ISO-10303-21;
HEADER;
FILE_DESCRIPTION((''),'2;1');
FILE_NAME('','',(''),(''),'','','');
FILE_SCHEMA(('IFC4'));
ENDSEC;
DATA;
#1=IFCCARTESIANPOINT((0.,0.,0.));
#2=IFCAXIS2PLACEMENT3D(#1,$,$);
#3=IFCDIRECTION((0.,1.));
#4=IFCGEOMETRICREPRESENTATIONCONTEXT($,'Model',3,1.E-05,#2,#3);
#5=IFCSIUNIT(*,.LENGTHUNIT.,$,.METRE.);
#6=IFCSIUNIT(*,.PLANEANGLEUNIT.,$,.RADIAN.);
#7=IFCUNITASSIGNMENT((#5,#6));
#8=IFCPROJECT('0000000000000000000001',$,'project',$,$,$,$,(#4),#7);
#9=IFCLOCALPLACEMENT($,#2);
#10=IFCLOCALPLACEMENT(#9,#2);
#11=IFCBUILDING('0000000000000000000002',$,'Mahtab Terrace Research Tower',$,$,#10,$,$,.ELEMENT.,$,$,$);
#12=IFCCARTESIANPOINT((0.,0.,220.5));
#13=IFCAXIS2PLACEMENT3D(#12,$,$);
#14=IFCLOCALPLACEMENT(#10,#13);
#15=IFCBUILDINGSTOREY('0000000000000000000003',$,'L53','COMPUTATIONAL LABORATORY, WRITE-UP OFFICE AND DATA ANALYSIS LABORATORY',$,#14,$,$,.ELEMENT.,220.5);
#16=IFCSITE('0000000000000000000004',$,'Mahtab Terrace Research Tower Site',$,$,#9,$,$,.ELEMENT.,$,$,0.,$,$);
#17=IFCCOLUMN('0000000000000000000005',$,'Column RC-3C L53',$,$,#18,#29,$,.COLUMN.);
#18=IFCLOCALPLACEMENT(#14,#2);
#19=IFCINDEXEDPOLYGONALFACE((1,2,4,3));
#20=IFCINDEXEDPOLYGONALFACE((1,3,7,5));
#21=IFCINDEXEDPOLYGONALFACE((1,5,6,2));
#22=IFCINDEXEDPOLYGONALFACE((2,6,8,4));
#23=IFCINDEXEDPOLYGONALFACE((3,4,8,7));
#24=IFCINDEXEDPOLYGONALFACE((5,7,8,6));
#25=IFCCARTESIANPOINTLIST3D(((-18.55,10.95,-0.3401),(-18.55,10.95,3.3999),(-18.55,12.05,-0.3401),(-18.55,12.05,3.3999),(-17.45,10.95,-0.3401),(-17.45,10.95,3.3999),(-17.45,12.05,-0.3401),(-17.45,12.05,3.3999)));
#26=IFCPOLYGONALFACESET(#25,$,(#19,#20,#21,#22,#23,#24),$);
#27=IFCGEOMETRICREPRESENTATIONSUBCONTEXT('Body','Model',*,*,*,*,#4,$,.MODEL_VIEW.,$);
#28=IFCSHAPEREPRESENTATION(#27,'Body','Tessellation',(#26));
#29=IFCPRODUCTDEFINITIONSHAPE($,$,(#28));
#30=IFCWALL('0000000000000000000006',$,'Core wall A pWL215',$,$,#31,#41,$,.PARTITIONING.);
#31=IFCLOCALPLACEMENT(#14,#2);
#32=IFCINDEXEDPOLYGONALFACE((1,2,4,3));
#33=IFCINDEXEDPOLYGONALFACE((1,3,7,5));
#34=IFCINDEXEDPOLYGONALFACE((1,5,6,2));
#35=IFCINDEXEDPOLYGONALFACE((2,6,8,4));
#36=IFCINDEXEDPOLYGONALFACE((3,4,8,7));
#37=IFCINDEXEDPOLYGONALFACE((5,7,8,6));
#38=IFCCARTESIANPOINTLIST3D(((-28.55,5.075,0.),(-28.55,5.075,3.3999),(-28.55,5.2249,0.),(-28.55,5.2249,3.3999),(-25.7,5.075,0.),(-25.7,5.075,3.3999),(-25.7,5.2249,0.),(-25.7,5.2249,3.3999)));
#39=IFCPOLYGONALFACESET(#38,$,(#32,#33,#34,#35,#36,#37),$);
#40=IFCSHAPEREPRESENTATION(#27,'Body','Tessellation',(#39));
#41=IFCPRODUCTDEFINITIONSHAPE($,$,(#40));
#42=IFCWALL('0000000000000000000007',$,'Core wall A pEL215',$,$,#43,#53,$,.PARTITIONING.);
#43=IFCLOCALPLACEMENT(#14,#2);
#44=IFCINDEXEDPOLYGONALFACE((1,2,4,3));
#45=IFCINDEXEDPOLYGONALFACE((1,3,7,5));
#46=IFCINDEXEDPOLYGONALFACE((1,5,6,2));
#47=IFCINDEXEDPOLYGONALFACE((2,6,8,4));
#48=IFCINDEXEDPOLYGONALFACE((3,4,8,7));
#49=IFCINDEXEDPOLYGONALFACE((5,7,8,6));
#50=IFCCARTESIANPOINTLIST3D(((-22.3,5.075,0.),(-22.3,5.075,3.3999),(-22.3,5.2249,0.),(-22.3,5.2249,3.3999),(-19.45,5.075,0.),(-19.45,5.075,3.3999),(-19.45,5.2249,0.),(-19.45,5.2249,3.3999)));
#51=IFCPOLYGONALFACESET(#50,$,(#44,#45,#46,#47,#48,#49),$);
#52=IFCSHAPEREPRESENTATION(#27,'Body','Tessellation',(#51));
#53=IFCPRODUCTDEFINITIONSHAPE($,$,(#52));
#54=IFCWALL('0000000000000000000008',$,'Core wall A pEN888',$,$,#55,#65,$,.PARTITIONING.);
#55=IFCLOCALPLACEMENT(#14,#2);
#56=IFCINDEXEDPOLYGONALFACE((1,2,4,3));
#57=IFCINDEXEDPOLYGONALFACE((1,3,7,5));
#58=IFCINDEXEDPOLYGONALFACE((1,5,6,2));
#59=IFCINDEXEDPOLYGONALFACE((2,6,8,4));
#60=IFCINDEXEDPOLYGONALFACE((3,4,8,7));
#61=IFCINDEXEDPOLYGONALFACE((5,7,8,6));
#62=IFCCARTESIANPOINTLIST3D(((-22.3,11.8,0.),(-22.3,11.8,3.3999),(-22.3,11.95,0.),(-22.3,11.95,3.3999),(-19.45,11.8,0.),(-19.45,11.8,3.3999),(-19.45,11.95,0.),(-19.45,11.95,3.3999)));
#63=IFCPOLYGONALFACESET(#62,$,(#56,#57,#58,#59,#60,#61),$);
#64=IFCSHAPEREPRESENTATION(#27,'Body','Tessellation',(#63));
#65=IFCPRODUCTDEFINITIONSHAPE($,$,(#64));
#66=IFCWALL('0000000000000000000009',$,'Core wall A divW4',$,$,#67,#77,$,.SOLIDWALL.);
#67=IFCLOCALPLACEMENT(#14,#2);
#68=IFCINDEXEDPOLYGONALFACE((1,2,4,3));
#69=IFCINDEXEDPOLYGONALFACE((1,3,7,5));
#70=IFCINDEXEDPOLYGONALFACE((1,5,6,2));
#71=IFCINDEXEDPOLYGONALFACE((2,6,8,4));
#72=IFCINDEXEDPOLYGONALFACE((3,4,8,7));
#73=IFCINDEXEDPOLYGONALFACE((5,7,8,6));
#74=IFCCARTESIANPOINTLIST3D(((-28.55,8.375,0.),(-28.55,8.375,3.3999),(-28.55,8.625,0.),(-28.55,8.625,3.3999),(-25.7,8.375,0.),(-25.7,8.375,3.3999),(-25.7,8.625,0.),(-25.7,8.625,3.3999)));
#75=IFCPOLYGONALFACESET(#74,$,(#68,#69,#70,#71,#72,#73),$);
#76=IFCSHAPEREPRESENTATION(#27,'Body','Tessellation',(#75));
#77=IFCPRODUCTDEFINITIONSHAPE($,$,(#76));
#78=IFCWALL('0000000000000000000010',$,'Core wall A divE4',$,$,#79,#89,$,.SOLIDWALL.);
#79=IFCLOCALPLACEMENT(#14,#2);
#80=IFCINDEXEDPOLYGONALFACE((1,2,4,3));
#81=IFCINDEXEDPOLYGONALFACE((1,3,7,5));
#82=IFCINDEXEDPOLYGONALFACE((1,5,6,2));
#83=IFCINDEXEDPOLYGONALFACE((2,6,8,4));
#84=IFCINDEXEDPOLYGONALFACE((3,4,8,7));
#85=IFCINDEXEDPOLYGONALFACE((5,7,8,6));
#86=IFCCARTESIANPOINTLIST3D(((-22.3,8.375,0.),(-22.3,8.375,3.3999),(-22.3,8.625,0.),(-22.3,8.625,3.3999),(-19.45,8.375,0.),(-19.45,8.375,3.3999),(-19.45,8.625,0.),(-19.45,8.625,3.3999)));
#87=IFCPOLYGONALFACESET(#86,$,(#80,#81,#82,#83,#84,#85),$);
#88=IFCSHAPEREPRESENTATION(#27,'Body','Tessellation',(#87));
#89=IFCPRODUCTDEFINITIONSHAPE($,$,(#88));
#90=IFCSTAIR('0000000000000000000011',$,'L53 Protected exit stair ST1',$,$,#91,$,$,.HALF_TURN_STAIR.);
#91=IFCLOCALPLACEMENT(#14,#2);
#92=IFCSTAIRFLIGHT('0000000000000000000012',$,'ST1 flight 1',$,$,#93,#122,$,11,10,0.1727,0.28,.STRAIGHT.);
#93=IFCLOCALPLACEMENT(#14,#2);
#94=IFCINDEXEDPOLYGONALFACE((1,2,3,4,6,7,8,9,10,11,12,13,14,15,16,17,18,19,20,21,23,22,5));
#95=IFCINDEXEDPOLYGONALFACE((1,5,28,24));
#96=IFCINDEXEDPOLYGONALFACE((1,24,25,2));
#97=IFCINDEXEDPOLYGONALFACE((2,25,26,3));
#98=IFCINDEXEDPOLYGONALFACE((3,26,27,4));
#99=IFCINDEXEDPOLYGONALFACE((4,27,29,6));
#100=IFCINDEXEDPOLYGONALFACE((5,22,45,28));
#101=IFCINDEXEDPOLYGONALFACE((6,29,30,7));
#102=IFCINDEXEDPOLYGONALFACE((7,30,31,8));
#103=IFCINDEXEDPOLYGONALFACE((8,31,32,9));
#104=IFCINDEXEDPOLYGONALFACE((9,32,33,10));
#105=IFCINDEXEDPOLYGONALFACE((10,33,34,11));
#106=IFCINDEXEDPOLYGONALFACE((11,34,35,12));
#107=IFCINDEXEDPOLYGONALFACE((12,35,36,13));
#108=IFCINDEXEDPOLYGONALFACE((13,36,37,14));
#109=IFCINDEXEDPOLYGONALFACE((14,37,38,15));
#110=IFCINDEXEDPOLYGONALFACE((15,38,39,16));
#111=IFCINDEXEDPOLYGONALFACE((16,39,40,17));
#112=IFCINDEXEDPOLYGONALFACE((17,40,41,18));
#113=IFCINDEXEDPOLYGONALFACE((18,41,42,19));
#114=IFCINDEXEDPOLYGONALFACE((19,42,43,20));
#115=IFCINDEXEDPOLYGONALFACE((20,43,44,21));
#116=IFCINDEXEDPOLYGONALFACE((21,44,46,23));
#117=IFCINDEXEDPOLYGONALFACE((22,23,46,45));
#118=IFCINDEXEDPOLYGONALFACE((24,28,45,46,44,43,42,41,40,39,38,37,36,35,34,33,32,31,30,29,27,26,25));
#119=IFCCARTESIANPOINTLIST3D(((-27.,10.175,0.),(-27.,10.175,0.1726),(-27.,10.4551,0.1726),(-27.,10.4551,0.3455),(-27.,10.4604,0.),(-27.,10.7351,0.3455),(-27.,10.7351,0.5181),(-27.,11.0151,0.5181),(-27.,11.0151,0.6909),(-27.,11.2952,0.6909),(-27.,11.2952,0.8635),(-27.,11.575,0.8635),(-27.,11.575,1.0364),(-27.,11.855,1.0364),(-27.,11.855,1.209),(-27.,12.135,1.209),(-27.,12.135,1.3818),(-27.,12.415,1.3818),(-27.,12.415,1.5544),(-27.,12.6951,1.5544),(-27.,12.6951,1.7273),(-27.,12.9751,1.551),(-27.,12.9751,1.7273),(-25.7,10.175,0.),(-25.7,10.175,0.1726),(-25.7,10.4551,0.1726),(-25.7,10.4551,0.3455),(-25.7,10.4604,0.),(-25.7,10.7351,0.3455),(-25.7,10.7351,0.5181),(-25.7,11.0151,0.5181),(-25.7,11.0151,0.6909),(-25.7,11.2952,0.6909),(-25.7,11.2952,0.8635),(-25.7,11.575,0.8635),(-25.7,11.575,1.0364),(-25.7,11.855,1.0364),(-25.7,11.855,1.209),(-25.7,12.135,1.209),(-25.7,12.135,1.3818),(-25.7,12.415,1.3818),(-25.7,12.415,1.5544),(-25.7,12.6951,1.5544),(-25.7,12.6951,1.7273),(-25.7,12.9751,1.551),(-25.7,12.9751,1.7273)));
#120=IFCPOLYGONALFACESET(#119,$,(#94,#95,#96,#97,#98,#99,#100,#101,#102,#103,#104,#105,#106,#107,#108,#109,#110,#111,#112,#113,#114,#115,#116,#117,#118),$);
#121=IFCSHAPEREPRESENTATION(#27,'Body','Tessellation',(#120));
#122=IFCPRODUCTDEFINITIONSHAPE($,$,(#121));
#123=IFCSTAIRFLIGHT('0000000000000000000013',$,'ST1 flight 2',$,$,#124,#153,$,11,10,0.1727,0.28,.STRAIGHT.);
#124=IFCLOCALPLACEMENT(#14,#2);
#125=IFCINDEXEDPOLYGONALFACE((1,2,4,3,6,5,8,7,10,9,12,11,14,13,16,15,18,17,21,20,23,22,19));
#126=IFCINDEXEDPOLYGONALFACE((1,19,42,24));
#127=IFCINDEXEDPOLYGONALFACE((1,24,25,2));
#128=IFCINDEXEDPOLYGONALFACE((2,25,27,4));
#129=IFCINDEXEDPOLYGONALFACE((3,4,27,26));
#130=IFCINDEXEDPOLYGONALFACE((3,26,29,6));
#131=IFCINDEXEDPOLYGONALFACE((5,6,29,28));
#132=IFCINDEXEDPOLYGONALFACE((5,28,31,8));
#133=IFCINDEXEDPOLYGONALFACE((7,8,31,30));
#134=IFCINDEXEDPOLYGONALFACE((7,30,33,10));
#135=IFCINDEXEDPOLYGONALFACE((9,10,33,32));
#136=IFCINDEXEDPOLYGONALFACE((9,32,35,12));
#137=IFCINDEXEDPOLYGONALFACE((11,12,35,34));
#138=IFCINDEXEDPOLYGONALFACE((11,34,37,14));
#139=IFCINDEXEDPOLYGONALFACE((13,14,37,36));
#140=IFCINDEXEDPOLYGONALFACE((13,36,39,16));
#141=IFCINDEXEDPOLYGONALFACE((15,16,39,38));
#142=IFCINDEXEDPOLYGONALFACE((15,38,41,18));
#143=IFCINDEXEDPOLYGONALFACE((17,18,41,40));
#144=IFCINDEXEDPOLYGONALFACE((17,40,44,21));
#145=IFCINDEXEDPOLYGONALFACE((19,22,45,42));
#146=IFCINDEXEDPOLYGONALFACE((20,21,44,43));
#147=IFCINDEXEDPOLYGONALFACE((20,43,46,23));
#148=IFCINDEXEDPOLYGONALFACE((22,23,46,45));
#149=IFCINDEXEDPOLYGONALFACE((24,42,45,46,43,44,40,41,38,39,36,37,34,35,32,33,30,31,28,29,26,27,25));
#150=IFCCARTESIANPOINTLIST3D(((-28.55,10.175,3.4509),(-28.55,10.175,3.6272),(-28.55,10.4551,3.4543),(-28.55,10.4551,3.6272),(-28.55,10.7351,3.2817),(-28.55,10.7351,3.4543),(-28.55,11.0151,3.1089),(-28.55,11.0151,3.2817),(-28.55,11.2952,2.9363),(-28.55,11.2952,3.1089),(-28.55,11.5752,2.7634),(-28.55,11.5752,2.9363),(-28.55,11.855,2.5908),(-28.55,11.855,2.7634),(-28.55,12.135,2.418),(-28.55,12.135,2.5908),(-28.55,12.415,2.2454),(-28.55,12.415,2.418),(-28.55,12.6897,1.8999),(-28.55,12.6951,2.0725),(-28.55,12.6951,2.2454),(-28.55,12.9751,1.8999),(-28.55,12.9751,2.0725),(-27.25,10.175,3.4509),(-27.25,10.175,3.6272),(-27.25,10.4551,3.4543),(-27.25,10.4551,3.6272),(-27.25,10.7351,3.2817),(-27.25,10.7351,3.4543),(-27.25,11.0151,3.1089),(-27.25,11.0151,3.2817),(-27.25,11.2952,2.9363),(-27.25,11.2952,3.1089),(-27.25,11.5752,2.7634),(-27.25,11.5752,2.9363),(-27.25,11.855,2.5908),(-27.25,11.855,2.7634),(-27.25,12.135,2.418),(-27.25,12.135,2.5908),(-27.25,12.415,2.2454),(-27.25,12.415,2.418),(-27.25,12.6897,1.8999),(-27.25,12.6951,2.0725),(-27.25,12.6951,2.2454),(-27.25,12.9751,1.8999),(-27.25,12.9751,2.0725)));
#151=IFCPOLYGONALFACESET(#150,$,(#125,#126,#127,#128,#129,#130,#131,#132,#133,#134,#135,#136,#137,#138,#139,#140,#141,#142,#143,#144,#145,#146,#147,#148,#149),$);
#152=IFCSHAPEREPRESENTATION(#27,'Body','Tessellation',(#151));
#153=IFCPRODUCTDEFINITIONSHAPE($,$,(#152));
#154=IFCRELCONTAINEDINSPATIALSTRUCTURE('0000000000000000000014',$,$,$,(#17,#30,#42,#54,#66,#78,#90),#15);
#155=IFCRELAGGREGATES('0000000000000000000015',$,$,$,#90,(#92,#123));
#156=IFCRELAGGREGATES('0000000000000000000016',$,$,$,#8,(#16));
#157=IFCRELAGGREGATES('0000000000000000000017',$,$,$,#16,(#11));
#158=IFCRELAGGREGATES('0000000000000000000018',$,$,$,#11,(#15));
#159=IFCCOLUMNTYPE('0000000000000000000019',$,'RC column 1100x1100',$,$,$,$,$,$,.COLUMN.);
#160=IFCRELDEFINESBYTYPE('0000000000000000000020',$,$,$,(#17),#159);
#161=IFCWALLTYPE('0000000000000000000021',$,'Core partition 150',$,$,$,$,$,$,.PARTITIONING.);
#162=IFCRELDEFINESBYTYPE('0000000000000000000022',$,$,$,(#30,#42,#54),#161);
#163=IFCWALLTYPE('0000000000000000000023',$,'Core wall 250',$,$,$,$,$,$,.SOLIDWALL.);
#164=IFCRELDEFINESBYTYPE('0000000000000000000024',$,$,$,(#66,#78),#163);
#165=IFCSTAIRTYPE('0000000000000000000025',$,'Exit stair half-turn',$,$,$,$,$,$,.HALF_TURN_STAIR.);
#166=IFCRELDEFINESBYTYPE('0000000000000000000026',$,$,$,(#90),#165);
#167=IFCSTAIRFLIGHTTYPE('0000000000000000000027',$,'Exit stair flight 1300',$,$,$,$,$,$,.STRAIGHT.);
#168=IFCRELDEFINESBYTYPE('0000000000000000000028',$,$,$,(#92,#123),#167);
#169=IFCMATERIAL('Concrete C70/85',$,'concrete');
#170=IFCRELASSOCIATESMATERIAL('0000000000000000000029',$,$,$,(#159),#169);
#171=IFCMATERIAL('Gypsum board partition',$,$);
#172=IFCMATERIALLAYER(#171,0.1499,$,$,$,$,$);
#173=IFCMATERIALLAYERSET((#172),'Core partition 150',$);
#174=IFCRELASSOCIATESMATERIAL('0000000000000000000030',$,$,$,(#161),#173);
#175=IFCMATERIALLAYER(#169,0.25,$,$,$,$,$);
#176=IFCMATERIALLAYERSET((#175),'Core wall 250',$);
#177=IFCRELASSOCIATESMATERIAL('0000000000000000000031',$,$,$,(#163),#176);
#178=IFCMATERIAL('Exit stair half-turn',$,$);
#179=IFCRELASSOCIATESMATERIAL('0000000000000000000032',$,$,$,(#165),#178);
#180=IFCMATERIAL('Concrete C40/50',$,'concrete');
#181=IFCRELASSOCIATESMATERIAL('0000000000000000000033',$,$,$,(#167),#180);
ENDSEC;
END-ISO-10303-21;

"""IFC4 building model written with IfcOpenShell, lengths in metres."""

from ifc_helpers import new_model, si_unit, direction, frame, frame_2d, origin, origin_2d, place, context, subcontext, project, spatial, polyline, rectangle, outline, extrude, material, layer, layer_set, material_profile, profile_set, type_object, element, aggregate, save


model = new_model("IFC4")

# Units and contexts
model_context = context("Model", 3, precision=1e-05, world=origin(), true_north=direction((0.0, 1.0)))
body_context = subcontext(model_context, "Body", "Model", "MODEL_VIEW")
ifc_project = project(units=[si_unit("LENGTHUNIT", "METRE"), si_unit("PLANEANGLEUNIT", "RADIAN")], contexts=[model_context])

# Site, building, storey
site_placement = place(None, origin())
site = spatial("IfcSite", under=ifc_project, at=site_placement, Name="Mahtab Terrace Research Tower Site", CompositionType="ELEMENT", RefElevation=0.0)
building_placement = place(site_placement, origin())
building = spatial("IfcBuilding", under=site, at=building_placement, Name="Mahtab Terrace Research Tower", CompositionType="ELEMENT")
storey_placement = place(building_placement, frame((0.0, 0.0, 220.5)))
storey = spatial("IfcBuildingStorey", under=building, at=storey_placement, Name="L53", Description="COMPUTATIONAL LABORATORY, WRITE-UP OFFICE AND DATA ANALYSIS LABORATORY", CompositionType="ELEMENT", Elevation=220.5)

# Column
ifc_material_1 = material(Name="Concrete C70/85", Category="concrete")
ifc_material_profile = material_profile(ifc_material_1, rectangle(XDim=1.1001, YDim=1.1001, at=origin_2d()), Name="RC column 1100x1100")
ifc_profile_set = profile_set([ifc_material_profile], Name="Concrete C70/85")
column_type = type_object("IfcColumnType", Name="RC column 1100x1100", PredefinedType="COLUMN", material=ifc_profile_set)
column_placement = place(storey_placement, frame((-18.0, 11.5, -0.3401), z_axis=(0.0, 0.0, 1.0), x_axis=(1.0, 0.0, 0.0)))
element("IfcColumn", 1, at=column_placement, inside=storey, type_object=column_type, Name="Column RC-3C L53", PredefinedType="COLUMN", context=body_context, shape_type="SweptSolid", body=[
    extrude(rectangle(XDim=1.1001, YDim=1.1001, at=origin_2d()), origin(), (0.0, 0.0, 1.0), 3.74),
])

# Walls
ifc_material_2 = material(Name="Gypsum board partition")
ifc_layer_1 = layer(ifc_material_2, 0.1499)
ifc_layer_set_1 = layer_set([ifc_layer_1], Name="Core partition 150")
wall_type_1 = type_object("IfcWallType", Name="Core partition 150", PredefinedType="PARTITIONING", material=ifc_layer_set_1)
for number, where, z_axis, x_axis, name in (
    (2, (-28.55, 5.1499, 0.0), (0.0, 0.0, 1.0), (1.0, 0.0, 0.0), "Core wall A pWL215"),
    (3, (-22.3, 5.1499, 0.0), (0.0, 0.0, 1.0), (1.0, 0.0, 0.0), "Core wall A pEL215"),
    (4, (-22.3, 11.875, 0.0), (0.0, 0.0, 1.0), (1.0, 0.0, 0.0), "Core wall A pEN888"),
):
    element("IfcWall", number, at=place(storey_placement, frame(where, z_axis=z_axis, x_axis=x_axis)), inside=storey, type_object=wall_type_1, Name=name, PredefinedType="PARTITIONING", context=body_context, shape_type="SweptSolid", body=[
        extrude(rectangle(XDim=2.8501, YDim=0.1499, at=frame_2d((1.425, 0.0))), origin(), (0.0, 0.0, 1.0), 3.3999),
    ])
ifc_layer_2 = layer(ifc_material_1, 0.25)
ifc_layer_set_2 = layer_set([ifc_layer_2], Name="Core wall 250")
wall_type_2 = type_object("IfcWallType", Name="Core wall 250", PredefinedType="SOLIDWALL", material=ifc_layer_set_2)
for number, where, z_axis, x_axis, name in (
    (5, (-28.55, 8.5, 0.0), (0.0, 0.0, 1.0), (1.0, 0.0, 0.0), "Core wall A divW4"),
    (6, (-22.3, 8.5, 0.0), (0.0, 0.0, 1.0), (1.0, 0.0, 0.0), "Core wall A divE4"),
):
    element("IfcWall", number, at=place(storey_placement, frame(where, z_axis=z_axis, x_axis=x_axis)), inside=storey, type_object=wall_type_2, Name=name, PredefinedType="SOLIDWALL", context=body_context, shape_type="SweptSolid", body=[
        extrude(rectangle(XDim=2.8501, YDim=0.25, at=frame_2d((1.425, 0.0))), origin(), (0.0, 0.0, 1.0), 3.3999),
    ])

# Stair, stair flights
ifc_material_3 = material(Name="Exit stair half-turn")
stair_type = type_object("IfcStairType", Name="Exit stair half-turn", PredefinedType="HALF_TURN_STAIR", material=ifc_material_3)
stair_placement = place(storey_placement, origin())
stair = element("IfcStair", 7, at=stair_placement, inside=storey, type_object=stair_type, Name="L53 Protected exit stair ST1", PredefinedType="HALF_TURN_STAIR")
ifc_material_4 = material(Name="Concrete C40/50", Category="concrete")
stair_flight_type = type_object("IfcStairFlightType", Name="Exit stair flight 1300", PredefinedType="STRAIGHT", material=ifc_material_4)
stair_flight_1_placement = place(storey_placement, frame((-26.3501, 10.175, 0.0), z_axis=(0.0, 0.0, 1.0), x_axis=(0.0, 1.0, 0.0)))
stair_flight_1 = element("IfcStairFlight", 8, at=stair_flight_1_placement, type_object=stair_flight_type, Name="ST1 flight 1", NumberOfRisers=11, NumberOfTreads=10, PredefinedType="STRAIGHT", RiserHeight=0.1727, TreadLength=0.28, context=body_context, shape_type="SweptSolid", body=[
    extrude(outline(polyline([(0.0, 0.0), (0.0, 0.1726), (0.28, 0.1726), (0.28, 0.3455), (0.5601, 0.3455), (0.5601, 0.5181), (0.8401, 0.5181), (0.8401, 0.6909), (1.1201, 0.6909), (1.1201, 0.8635), (1.3999, 0.8635), (1.3999, 1.0364), (1.6799, 1.0364), (1.6799, 1.209), (1.96, 1.209), (1.96, 1.3818), (2.24, 1.3818), (2.24, 1.5544), (2.52, 1.5544), (2.52, 1.7273), (2.8, 1.7273), (2.8, 1.8999), (2.8, 1.551), (0.2854, 0.0), (0.0, 0.0)])), frame((0.0, 0.6499, 0.0), z_axis=(0.0, -1.0, 0.0), x_axis=(1.0, 0.0, 0.0)), (0.0, 0.0, 1.0), 1.3),
])
stair_flight_2_placement = place(storey_placement, frame((-27.8999, 12.9751, 1.8999), z_axis=(0.0, 0.0, 1.0), x_axis=(0.0, -1.0, 0.0)))
stair_flight_2 = element("IfcStairFlight", 9, at=stair_flight_2_placement, type_object=stair_flight_type, Name="ST1 flight 2", NumberOfRisers=11, NumberOfTreads=10, PredefinedType="STRAIGHT", RiserHeight=0.1727, TreadLength=0.28, context=body_context, shape_type="SweptSolid", body=[
    extrude(outline(polyline([(0.0, 0.0), (0.0, 0.1726), (0.28, 0.1726), (0.28, 0.3455), (0.5601, 0.3455), (0.5601, 0.5181), (0.8401, 0.5181), (0.8401, 0.6909), (1.1201, 0.6909), (1.1201, 0.8635), (1.3999, 0.8635), (1.3999, 1.0364), (1.6799, 1.0364), (1.6799, 1.209), (1.96, 1.209), (1.96, 1.3818), (2.24, 1.3818), (2.24, 1.5544), (2.52, 1.5544), (2.52, 1.7273), (2.8, 1.7273), (2.8, 1.8999), (2.8, 1.551), (0.2854, 0.0), (0.0, 0.0)])), frame((0.0, 0.6499, 0.0), z_axis=(0.0, -1.0, 0.0), x_axis=(1.0, 0.0, 0.0)), (0.0, 0.0, 1.0), 1.3),
])
aggregate(stair, [stair_flight_1, stair_flight_2])

save(model, "model.ifc")
